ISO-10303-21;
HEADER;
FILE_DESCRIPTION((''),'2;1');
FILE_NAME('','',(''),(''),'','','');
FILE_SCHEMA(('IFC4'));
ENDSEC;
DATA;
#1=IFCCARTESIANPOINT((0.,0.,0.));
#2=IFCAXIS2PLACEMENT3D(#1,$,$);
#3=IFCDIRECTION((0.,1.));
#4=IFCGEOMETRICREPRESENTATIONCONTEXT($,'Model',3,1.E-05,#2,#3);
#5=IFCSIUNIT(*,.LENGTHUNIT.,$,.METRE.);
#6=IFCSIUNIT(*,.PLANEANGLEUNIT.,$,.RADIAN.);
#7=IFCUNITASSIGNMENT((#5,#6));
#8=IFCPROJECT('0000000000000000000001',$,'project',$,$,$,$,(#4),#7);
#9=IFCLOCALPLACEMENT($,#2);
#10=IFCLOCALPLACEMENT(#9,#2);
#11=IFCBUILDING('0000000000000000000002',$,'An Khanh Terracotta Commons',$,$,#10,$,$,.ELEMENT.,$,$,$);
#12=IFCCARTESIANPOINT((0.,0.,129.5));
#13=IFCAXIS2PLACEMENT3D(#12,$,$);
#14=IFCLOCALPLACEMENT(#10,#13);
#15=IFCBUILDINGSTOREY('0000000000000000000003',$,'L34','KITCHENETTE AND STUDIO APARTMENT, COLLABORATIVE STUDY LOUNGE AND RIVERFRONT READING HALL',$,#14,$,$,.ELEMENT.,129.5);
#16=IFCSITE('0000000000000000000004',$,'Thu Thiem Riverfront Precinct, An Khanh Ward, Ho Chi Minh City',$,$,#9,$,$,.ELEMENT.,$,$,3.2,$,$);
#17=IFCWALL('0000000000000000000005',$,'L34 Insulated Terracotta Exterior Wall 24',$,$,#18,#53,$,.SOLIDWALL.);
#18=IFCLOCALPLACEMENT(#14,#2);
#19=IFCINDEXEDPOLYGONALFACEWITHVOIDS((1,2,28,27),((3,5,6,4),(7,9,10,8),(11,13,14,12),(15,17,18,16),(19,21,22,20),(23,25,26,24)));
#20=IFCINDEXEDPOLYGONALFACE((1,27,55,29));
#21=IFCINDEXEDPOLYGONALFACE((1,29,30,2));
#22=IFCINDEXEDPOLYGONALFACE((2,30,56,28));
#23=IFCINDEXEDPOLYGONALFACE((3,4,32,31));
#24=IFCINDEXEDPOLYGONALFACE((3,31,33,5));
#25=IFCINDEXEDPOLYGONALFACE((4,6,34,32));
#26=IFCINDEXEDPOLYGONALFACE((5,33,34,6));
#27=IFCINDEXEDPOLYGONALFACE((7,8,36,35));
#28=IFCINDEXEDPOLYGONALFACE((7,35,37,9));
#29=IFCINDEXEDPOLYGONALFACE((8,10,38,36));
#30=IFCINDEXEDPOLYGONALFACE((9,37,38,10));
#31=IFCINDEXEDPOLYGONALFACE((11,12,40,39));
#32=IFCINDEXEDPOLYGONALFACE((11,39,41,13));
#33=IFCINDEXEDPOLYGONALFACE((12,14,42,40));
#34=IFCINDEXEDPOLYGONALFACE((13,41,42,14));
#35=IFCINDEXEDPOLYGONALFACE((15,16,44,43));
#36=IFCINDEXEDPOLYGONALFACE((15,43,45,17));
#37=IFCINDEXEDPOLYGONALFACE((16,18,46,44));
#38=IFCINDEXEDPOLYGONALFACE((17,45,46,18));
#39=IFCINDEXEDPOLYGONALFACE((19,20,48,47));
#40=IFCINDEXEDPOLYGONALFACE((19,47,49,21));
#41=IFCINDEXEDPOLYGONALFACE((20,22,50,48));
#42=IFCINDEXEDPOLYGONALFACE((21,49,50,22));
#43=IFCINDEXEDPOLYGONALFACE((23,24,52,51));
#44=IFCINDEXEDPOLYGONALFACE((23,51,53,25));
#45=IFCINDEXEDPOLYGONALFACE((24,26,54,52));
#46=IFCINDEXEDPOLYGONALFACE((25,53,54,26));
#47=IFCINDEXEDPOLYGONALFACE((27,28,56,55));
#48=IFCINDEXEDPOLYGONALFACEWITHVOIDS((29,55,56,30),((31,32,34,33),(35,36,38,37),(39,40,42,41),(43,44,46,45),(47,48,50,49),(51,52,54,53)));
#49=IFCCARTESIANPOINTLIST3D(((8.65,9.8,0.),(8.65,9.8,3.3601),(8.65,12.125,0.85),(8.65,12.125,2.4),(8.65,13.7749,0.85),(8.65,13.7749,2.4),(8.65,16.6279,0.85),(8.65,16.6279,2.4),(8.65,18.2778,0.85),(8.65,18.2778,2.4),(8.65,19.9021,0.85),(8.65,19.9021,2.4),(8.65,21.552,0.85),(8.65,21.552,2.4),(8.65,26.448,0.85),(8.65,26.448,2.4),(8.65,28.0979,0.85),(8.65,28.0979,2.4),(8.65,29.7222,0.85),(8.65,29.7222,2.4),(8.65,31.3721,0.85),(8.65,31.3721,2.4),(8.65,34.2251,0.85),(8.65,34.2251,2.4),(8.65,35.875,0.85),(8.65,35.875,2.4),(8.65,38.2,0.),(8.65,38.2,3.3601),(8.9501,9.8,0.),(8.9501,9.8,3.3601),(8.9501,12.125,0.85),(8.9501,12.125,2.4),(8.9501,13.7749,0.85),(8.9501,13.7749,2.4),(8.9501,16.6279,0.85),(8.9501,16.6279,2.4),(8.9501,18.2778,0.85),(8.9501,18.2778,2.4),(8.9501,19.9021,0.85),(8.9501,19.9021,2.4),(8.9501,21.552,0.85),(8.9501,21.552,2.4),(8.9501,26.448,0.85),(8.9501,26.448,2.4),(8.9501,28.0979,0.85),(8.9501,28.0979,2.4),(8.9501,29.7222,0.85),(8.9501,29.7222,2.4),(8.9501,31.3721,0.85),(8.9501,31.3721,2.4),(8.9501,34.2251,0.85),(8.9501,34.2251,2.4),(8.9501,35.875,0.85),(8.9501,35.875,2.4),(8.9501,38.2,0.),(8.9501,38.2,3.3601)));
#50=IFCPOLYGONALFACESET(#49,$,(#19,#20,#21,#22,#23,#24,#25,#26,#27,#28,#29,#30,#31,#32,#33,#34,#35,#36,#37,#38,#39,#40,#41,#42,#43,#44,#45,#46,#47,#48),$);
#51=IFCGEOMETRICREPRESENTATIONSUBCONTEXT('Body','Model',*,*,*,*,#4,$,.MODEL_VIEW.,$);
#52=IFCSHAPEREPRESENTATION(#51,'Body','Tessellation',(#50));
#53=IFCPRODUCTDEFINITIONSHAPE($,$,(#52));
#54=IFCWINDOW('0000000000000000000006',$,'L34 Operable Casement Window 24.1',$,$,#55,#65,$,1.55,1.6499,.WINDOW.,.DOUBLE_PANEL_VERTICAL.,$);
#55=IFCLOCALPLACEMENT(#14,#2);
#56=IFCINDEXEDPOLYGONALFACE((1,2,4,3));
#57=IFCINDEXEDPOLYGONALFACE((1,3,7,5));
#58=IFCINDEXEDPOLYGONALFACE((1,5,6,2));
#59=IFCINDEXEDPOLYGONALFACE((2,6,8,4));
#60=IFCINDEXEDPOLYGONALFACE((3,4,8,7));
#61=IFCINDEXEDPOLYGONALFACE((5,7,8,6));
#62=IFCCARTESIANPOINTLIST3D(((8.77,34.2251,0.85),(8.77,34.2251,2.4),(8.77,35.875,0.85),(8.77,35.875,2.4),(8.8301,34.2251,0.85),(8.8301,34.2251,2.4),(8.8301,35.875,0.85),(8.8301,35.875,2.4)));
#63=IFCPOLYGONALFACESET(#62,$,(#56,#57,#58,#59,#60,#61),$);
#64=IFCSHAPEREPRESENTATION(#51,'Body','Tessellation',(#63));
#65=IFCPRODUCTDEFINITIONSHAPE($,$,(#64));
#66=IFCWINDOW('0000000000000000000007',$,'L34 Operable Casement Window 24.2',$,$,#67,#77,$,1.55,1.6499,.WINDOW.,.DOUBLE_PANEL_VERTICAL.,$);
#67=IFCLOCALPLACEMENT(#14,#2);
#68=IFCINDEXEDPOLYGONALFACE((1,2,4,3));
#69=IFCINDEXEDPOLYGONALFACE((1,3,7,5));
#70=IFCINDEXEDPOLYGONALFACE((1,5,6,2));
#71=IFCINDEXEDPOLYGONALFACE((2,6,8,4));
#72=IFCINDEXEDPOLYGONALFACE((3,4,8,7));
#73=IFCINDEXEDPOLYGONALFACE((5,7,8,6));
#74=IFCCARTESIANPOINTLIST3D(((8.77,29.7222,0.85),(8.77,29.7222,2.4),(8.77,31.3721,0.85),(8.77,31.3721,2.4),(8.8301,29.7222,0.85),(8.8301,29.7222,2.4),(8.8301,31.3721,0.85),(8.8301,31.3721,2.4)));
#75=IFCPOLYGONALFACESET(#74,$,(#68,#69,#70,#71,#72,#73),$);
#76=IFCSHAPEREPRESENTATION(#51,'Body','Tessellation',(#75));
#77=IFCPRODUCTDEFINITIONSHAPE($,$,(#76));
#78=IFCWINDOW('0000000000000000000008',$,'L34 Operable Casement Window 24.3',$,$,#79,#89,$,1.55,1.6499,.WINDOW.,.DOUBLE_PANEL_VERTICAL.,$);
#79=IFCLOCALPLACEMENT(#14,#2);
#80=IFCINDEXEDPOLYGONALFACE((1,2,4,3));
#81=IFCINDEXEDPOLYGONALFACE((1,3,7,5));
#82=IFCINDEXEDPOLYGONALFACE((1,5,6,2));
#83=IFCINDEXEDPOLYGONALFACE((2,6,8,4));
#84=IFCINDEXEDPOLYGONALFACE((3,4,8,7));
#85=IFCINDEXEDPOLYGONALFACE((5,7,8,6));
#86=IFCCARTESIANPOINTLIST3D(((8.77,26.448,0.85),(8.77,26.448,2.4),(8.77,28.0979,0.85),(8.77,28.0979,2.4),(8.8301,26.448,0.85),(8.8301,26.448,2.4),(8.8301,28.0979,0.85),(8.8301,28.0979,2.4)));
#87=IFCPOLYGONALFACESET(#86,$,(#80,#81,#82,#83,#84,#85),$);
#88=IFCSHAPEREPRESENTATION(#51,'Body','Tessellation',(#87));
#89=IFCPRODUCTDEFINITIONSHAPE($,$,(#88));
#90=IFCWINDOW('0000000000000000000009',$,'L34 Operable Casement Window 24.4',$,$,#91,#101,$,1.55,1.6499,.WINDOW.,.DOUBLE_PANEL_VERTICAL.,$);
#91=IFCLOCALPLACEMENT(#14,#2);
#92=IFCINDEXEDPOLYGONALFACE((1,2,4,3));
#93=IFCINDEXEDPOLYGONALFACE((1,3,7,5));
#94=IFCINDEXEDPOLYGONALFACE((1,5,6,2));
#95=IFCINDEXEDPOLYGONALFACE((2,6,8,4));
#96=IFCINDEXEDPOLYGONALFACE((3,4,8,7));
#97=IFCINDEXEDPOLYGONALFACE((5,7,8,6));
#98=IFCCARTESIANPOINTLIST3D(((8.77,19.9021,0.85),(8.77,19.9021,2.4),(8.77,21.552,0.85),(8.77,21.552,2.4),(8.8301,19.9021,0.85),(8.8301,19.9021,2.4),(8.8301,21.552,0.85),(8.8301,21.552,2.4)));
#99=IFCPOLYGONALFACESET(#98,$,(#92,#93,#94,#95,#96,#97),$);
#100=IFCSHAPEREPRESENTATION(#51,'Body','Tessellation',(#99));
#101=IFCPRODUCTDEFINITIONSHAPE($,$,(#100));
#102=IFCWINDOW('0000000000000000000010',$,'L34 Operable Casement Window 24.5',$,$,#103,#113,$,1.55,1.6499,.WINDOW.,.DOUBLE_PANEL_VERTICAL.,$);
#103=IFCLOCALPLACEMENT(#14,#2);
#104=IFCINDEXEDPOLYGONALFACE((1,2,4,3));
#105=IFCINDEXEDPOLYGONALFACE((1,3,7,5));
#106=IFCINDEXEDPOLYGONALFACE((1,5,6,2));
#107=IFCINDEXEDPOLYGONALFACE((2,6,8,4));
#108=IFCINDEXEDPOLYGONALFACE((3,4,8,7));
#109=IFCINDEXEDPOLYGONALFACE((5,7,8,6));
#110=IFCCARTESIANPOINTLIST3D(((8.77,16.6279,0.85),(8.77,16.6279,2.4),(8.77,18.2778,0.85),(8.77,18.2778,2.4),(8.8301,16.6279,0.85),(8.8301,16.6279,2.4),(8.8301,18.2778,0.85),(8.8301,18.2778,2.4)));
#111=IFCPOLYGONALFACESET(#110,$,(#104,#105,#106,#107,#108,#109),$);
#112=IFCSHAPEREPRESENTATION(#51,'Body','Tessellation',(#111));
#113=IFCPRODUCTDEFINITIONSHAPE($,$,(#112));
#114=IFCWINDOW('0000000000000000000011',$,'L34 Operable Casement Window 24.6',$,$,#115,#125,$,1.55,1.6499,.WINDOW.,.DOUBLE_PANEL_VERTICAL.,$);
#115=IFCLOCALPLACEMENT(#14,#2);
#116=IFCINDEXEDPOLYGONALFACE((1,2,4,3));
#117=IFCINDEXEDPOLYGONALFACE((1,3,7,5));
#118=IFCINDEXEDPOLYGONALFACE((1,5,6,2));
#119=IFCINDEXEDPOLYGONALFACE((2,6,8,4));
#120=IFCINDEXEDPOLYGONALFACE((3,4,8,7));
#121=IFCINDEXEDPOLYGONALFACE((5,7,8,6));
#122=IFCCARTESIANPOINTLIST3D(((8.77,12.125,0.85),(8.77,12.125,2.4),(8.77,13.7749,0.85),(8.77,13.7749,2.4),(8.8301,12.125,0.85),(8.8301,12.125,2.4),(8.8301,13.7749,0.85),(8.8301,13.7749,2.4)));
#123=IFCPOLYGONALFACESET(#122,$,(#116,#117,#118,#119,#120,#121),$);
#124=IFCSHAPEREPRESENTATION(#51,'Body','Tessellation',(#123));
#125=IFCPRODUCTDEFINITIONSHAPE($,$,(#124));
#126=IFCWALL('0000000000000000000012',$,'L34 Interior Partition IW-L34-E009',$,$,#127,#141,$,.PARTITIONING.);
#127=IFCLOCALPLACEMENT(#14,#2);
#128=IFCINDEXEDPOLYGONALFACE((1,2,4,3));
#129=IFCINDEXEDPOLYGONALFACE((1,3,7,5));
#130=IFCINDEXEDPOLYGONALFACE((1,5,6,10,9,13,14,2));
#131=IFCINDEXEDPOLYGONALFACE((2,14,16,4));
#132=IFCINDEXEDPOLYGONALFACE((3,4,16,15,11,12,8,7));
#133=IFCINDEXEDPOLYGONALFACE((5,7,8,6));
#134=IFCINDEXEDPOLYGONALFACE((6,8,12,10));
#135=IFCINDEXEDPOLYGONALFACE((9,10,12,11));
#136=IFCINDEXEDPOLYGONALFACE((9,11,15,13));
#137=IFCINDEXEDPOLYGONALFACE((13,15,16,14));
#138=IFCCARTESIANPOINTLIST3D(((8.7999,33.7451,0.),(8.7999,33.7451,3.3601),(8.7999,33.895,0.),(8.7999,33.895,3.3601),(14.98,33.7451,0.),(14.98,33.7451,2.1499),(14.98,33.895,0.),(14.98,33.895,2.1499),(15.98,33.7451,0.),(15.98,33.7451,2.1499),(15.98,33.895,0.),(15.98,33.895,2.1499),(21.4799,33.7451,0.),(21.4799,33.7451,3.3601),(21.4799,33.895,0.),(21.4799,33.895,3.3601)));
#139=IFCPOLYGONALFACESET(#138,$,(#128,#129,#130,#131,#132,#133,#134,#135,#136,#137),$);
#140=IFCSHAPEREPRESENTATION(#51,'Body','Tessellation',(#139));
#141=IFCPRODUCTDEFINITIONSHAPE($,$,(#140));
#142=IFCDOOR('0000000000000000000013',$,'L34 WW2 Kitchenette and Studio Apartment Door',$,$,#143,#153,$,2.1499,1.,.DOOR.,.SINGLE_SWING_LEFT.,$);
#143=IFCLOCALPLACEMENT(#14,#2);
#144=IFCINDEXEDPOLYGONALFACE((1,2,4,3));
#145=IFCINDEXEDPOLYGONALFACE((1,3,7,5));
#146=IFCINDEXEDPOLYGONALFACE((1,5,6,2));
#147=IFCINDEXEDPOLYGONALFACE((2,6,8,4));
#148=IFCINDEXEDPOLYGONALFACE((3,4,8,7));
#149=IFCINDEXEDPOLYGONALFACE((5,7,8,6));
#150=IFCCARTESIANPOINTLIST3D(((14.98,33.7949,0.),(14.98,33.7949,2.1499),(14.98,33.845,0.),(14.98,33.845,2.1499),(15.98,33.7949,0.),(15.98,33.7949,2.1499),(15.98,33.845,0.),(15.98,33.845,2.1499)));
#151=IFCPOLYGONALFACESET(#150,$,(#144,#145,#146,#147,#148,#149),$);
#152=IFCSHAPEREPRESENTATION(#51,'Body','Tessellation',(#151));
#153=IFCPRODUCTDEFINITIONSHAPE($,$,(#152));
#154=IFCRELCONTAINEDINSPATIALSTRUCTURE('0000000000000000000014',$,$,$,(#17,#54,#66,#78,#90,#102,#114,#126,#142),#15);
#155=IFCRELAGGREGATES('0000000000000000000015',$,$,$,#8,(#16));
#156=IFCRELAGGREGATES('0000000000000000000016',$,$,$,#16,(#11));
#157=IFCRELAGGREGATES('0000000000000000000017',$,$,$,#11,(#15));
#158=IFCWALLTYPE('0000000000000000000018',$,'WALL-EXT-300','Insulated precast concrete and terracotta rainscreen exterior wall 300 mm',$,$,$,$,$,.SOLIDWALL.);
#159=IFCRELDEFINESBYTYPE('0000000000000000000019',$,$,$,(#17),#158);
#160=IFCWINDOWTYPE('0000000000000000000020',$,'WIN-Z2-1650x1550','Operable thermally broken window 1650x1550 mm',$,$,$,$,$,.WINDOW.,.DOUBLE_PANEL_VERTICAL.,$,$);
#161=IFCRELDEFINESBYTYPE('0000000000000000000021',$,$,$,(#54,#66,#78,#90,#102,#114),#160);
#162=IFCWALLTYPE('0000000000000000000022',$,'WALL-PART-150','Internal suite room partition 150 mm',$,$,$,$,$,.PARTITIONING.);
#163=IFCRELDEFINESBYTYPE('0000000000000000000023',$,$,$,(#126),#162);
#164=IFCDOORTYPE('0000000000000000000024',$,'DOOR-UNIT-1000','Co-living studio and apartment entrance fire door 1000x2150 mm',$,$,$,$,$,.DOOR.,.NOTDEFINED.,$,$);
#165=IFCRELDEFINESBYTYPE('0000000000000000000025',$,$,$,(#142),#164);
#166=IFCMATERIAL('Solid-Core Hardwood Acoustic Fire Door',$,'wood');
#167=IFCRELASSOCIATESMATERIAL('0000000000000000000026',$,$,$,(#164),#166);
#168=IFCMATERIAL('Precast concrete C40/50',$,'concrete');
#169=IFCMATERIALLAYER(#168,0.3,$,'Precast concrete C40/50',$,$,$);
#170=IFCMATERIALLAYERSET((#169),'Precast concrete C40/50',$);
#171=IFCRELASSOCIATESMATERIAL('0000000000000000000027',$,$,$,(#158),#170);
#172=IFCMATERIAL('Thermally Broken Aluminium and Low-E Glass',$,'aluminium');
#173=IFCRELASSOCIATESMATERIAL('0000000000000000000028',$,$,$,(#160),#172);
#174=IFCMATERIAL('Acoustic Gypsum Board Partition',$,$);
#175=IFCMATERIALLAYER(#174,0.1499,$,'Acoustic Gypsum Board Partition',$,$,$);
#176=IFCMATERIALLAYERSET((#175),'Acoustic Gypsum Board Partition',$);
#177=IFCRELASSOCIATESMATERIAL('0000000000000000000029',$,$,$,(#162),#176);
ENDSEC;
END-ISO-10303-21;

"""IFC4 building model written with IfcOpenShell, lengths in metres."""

from ifc_helpers import new_model, si_unit, direction, frame, frame_2d, origin, place, context, subcontext, project, spatial, rectangle, extrude, material, layer, layer_set, type_object, element, fill, save


model = new_model("IFC4")

# Units and contexts
model_context = context("Model", 3, precision=1e-05, world=origin(), true_north=direction((0.0, 1.0)))
body_context = subcontext(model_context, "Body", "Model", "MODEL_VIEW")
ifc_project = project(units=[si_unit("LENGTHUNIT", "METRE"), si_unit("PLANEANGLEUNIT", "RADIAN")], contexts=[model_context])

# Site, building, storey
site_placement = place(None, origin())
site = spatial("IfcSite", under=ifc_project, at=site_placement, Name="Thu Thiem Riverfront Precinct, An Khanh Ward, Ho Chi Minh City", CompositionType="ELEMENT", RefElevation=3.2)
building_placement = place(site_placement, origin())
building = spatial("IfcBuilding", under=site, at=building_placement, Name="An Khanh Terracotta Commons", CompositionType="ELEMENT")
storey_placement = place(building_placement, frame((0.0, 0.0, 129.5)))
storey = spatial("IfcBuildingStorey", under=building, at=storey_placement, Name="L34", Description="KITCHENETTE AND STUDIO APARTMENT, COLLABORATIVE STUDY LOUNGE AND RIVERFRONT READING HALL", CompositionType="ELEMENT", Elevation=129.5)

# Shared definitions
ifc_material_1 = material(Name="Solid-Core Hardwood Acoustic Fire Door", Category="wood")
door_type_1 = type_object("IfcDoorType", Name="DOOR-UNIT-1000", Description="Co-living studio and apartment entrance fire door 1000x2150 mm", OperationType="NOTDEFINED", PredefinedType="DOOR", material=ifc_material_1)

# Shared definitions
ifc_material_2 = material(Name="Precast concrete C40/50", Category="concrete")
ifc_layer_1 = layer(ifc_material_2, 0.3, Name="Precast concrete C40/50")
ifc_layer_set_1 = layer_set([ifc_layer_1], Name="Precast concrete C40/50")
wall_type_1 = type_object("IfcWallType", Name="WALL-EXT-300", Description="Insulated precast concrete and terracotta rainscreen exterior wall 300 mm", PredefinedType="SOLIDWALL", material=ifc_layer_set_1)

# Wall, openings, windows
wall_1_placement = place(storey_placement, frame((8.8, 38.2, 0.0), z_axis=(0.0, 0.0, 1.0), x_axis=(0.0, -1.0, 0.0)))
wall_1 = element("IfcWall", 1, at=wall_1_placement, inside=storey, type_object=wall_type_1, Name="L34 Insulated Terracotta Exterior Wall 24", PredefinedType="SOLIDWALL", context=body_context, shape_type="SweptSolid", body=[
    extrude(rectangle(XDim=28.3999, YDim=0.3, at=frame_2d((14.2, 0.0))), origin(), (0.0, 0.0, 1.0), 3.3601),
])
opening_1_placement = place(wall_1_placement, frame((2.325, 0.0, 0.8501)))
opening_1 = element("IfcOpeningElement", 2, at=opening_1_placement, cuts=wall_1, PredefinedType="OPENING", context=body_context, shape_type="SweptSolid", body=[
    extrude(rectangle(XDim=1.6499, YDim=1.55, at=frame_2d((0.825, 0.7749))), frame((0.0, 0.1599, 0.0), z_axis=(0.0, -1.0, 0.0), x_axis=(1.0, 0.0, 0.0)), (0.0, 0.0, 1.0), 0.3201),
])
opening_2_placement = place(wall_1_placement, frame((6.8279, 0.0, 0.8501)))
opening_2 = element("IfcOpeningElement", 3, at=opening_2_placement, cuts=wall_1, PredefinedType="OPENING", context=body_context, shape_type="SweptSolid", body=[
    extrude(rectangle(XDim=1.6499, YDim=1.55, at=frame_2d((0.825, 0.7749))), frame((0.0, 0.1599, 0.0), z_axis=(0.0, -1.0, 0.0), x_axis=(1.0, 0.0, 0.0)), (0.0, 0.0, 1.0), 0.3201),
])
opening_3_placement = place(wall_1_placement, frame((10.1021, 0.0, 0.8501)))
opening_3 = element("IfcOpeningElement", 4, at=opening_3_placement, cuts=wall_1, PredefinedType="OPENING", context=body_context, shape_type="SweptSolid", body=[
    extrude(rectangle(XDim=1.6499, YDim=1.55, at=frame_2d((0.825, 0.7749))), frame((0.0, 0.1599, 0.0), z_axis=(0.0, -1.0, 0.0), x_axis=(1.0, 0.0, 0.0)), (0.0, 0.0, 1.0), 0.3201),
])
opening_4_placement = place(wall_1_placement, frame((16.6479, 0.0, 0.8501)))
opening_4 = element("IfcOpeningElement", 5, at=opening_4_placement, cuts=wall_1, PredefinedType="OPENING", context=body_context, shape_type="SweptSolid", body=[
    extrude(rectangle(XDim=1.6499, YDim=1.55, at=frame_2d((0.825, 0.7749))), frame((0.0, 0.1599, 0.0), z_axis=(0.0, -1.0, 0.0), x_axis=(1.0, 0.0, 0.0)), (0.0, 0.0, 1.0), 0.3201),
])
opening_5_placement = place(wall_1_placement, frame((19.9221, 0.0, 0.8501)))
opening_5 = element("IfcOpeningElement", 6, at=opening_5_placement, cuts=wall_1, PredefinedType="OPENING", context=body_context, shape_type="SweptSolid", body=[
    extrude(rectangle(XDim=1.6499, YDim=1.55, at=frame_2d((0.825, 0.7749))), frame((0.0, 0.1599, 0.0), z_axis=(0.0, -1.0, 0.0), x_axis=(1.0, 0.0, 0.0)), (0.0, 0.0, 1.0), 0.3201),
])
opening_6_placement = place(wall_1_placement, frame((24.425, 0.0, 0.8501)))
opening_6 = element("IfcOpeningElement", 7, at=opening_6_placement, cuts=wall_1, PredefinedType="OPENING", context=body_context, shape_type="SweptSolid", body=[
    extrude(rectangle(XDim=1.6499, YDim=1.55, at=frame_2d((0.825, 0.7749))), frame((0.0, 0.1599, 0.0), z_axis=(0.0, -1.0, 0.0), x_axis=(1.0, 0.0, 0.0)), (0.0, 0.0, 1.0), 0.3201),
])
ifc_material_3 = material(Name="Thermally Broken Aluminium and Low-E Glass", Category="aluminium")
window_type = type_object("IfcWindowType", Name="WIN-Z2-1650x1550", Description="Operable thermally broken window 1650x1550 mm", PartitioningType="DOUBLE_PANEL_VERTICAL", PredefinedType="WINDOW", material=ifc_material_3)
window_1_placement = place(opening_1_placement, origin())
window_1 = element("IfcWindow", 8, at=window_1_placement, inside=storey, type_object=window_type, Name="L34 Operable Casement Window 24.1", OverallHeight=1.55, OverallWidth=1.6499, PartitioningType="DOUBLE_PANEL_VERTICAL", PredefinedType="WINDOW", context=body_context, shape_type="SweptSolid", body=[
    extrude(rectangle(XDim=1.6499, YDim=1.55, at=frame_2d((0.825, 0.7749))), frame((0.0, 0.03, 0.0), z_axis=(0.0, -1.0, 0.0), x_axis=(1.0, 0.0, 0.0)), (0.0, 0.0, 1.0), 0.0601),
])
fill(opening_1, window_1)
window_2_placement = place(opening_2_placement, origin())
window_2 = element("IfcWindow", 9, at=window_2_placement, inside=storey, type_object=window_type, Name="L34 Operable Casement Window 24.2", OverallHeight=1.55, OverallWidth=1.6499, PartitioningType="DOUBLE_PANEL_VERTICAL", PredefinedType="WINDOW", context=body_context, shape_type="SweptSolid", body=[
    extrude(rectangle(XDim=1.6499, YDim=1.55, at=frame_2d((0.825, 0.7749))), frame((0.0, 0.03, 0.0), z_axis=(0.0, -1.0, 0.0), x_axis=(1.0, 0.0, 0.0)), (0.0, 0.0, 1.0), 0.0601),
])
fill(opening_2, window_2)
window_3_placement = place(opening_3_placement, origin())
window_3 = element("IfcWindow", 10, at=window_3_placement, inside=storey, type_object=window_type, Name="L34 Operable Casement Window 24.3", OverallHeight=1.55, OverallWidth=1.6499, PartitioningType="DOUBLE_PANEL_VERTICAL", PredefinedType="WINDOW", context=body_context, shape_type="SweptSolid", body=[
    extrude(rectangle(XDim=1.6499, YDim=1.55, at=frame_2d((0.825, 0.7749))), frame((0.0, 0.03, 0.0), z_axis=(0.0, -1.0, 0.0), x_axis=(1.0, 0.0, 0.0)), (0.0, 0.0, 1.0), 0.0601),
])
fill(opening_3, window_3)
window_4_placement = place(opening_4_placement, origin())
window_4 = element("IfcWindow", 11, at=window_4_placement, inside=storey, type_object=window_type, Name="L34 Operable Casement Window 24.4", OverallHeight=1.55, OverallWidth=1.6499, PartitioningType="DOUBLE_PANEL_VERTICAL", PredefinedType="WINDOW", context=body_context, shape_type="SweptSolid", body=[
    extrude(rectangle(XDim=1.6499, YDim=1.55, at=frame_2d((0.825, 0.7749))), frame((0.0, 0.03, 0.0), z_axis=(0.0, -1.0, 0.0), x_axis=(1.0, 0.0, 0.0)), (0.0, 0.0, 1.0), 0.0601),
])
fill(opening_4, window_4)
window_5_placement = place(opening_5_placement, origin())
window_5 = element("IfcWindow", 12, at=window_5_placement, inside=storey, type_object=window_type, Name="L34 Operable Casement Window 24.5", OverallHeight=1.55, OverallWidth=1.6499, PartitioningType="DOUBLE_PANEL_VERTICAL", PredefinedType="WINDOW", context=body_context, shape_type="SweptSolid", body=[
    extrude(rectangle(XDim=1.6499, YDim=1.55, at=frame_2d((0.825, 0.7749))), frame((0.0, 0.03, 0.0), z_axis=(0.0, -1.0, 0.0), x_axis=(1.0, 0.0, 0.0)), (0.0, 0.0, 1.0), 0.0601),
])
fill(opening_5, window_5)
window_6_placement = place(opening_6_placement, origin())
window_6 = element("IfcWindow", 13, at=window_6_placement, inside=storey, type_object=window_type, Name="L34 Operable Casement Window 24.6", OverallHeight=1.55, OverallWidth=1.6499, PartitioningType="DOUBLE_PANEL_VERTICAL", PredefinedType="WINDOW", context=body_context, shape_type="SweptSolid", body=[
    extrude(rectangle(XDim=1.6499, YDim=1.55, at=frame_2d((0.825, 0.7749))), frame((0.0, 0.03, 0.0), z_axis=(0.0, -1.0, 0.0), x_axis=(1.0, 0.0, 0.0)), (0.0, 0.0, 1.0), 0.0601),
])
fill(opening_6, window_6)

# Wall, opening, door
ifc_material_4 = material(Name="Acoustic Gypsum Board Partition")
ifc_layer_2 = layer(ifc_material_4, 0.1499, Name="Acoustic Gypsum Board Partition")
ifc_layer_set_2 = layer_set([ifc_layer_2], Name="Acoustic Gypsum Board Partition")
wall_type_2 = type_object("IfcWallType", Name="WALL-PART-150", Description="Internal suite room partition 150 mm", PredefinedType="PARTITIONING", material=ifc_layer_set_2)
wall_2_placement = place(storey_placement, frame((8.8, 33.8201, 0.0), z_axis=(0.0, 0.0, 1.0), x_axis=(1.0, 0.0, 0.0)))
wall_2 = element("IfcWall", 14, at=wall_2_placement, inside=storey, type_object=wall_type_2, Name="L34 Interior Partition IW-L34-E009", PredefinedType="PARTITIONING", context=body_context, shape_type="SweptSolid", body=[
    extrude(rectangle(XDim=12.6799, YDim=0.1499, at=frame_2d((6.3398, 0.0))), origin(), (0.0, 0.0, 1.0), 3.3601),
])
opening_7_placement = place(wall_2_placement, frame((6.1799, 0.0, 0.0)))
opening_7 = element("IfcOpeningElement", 15, at=opening_7_placement, cuts=wall_2, PredefinedType="OPENING", context=body_context, shape_type="SweptSolid", body=[
    extrude(rectangle(XDim=1.0, YDim=2.1499, at=frame_2d((0.5, 1.075))), frame((0.0, 0.085, 0.0), z_axis=(0.0, -1.0, 0.0), x_axis=(1.0, 0.0, 0.0)), (0.0, 0.0, 1.0), 0.1699),
])
door_1_placement = place(opening_7_placement, origin())
door_1 = element("IfcDoor", 16, at=door_1_placement, inside=storey, type_object=door_type_1, Name="L34 WW2 Kitchenette and Studio Apartment Door", OperationType="SINGLE_SWING_LEFT", OverallHeight=2.1499, OverallWidth=1.0, PredefinedType="DOOR", context=body_context, shape_type="SweptSolid", body=[
    extrude(rectangle(XDim=1.0, YDim=2.1499, at=frame_2d((0.5, 1.075))), frame((0.0, 0.0249, 0.0), z_axis=(0.0, -1.0, 0.0), x_axis=(1.0, 0.0, 0.0)), (0.0, 0.0, 1.0), 0.05),
])
fill(opening_7, door_1)

save(model, "model.ifc")
